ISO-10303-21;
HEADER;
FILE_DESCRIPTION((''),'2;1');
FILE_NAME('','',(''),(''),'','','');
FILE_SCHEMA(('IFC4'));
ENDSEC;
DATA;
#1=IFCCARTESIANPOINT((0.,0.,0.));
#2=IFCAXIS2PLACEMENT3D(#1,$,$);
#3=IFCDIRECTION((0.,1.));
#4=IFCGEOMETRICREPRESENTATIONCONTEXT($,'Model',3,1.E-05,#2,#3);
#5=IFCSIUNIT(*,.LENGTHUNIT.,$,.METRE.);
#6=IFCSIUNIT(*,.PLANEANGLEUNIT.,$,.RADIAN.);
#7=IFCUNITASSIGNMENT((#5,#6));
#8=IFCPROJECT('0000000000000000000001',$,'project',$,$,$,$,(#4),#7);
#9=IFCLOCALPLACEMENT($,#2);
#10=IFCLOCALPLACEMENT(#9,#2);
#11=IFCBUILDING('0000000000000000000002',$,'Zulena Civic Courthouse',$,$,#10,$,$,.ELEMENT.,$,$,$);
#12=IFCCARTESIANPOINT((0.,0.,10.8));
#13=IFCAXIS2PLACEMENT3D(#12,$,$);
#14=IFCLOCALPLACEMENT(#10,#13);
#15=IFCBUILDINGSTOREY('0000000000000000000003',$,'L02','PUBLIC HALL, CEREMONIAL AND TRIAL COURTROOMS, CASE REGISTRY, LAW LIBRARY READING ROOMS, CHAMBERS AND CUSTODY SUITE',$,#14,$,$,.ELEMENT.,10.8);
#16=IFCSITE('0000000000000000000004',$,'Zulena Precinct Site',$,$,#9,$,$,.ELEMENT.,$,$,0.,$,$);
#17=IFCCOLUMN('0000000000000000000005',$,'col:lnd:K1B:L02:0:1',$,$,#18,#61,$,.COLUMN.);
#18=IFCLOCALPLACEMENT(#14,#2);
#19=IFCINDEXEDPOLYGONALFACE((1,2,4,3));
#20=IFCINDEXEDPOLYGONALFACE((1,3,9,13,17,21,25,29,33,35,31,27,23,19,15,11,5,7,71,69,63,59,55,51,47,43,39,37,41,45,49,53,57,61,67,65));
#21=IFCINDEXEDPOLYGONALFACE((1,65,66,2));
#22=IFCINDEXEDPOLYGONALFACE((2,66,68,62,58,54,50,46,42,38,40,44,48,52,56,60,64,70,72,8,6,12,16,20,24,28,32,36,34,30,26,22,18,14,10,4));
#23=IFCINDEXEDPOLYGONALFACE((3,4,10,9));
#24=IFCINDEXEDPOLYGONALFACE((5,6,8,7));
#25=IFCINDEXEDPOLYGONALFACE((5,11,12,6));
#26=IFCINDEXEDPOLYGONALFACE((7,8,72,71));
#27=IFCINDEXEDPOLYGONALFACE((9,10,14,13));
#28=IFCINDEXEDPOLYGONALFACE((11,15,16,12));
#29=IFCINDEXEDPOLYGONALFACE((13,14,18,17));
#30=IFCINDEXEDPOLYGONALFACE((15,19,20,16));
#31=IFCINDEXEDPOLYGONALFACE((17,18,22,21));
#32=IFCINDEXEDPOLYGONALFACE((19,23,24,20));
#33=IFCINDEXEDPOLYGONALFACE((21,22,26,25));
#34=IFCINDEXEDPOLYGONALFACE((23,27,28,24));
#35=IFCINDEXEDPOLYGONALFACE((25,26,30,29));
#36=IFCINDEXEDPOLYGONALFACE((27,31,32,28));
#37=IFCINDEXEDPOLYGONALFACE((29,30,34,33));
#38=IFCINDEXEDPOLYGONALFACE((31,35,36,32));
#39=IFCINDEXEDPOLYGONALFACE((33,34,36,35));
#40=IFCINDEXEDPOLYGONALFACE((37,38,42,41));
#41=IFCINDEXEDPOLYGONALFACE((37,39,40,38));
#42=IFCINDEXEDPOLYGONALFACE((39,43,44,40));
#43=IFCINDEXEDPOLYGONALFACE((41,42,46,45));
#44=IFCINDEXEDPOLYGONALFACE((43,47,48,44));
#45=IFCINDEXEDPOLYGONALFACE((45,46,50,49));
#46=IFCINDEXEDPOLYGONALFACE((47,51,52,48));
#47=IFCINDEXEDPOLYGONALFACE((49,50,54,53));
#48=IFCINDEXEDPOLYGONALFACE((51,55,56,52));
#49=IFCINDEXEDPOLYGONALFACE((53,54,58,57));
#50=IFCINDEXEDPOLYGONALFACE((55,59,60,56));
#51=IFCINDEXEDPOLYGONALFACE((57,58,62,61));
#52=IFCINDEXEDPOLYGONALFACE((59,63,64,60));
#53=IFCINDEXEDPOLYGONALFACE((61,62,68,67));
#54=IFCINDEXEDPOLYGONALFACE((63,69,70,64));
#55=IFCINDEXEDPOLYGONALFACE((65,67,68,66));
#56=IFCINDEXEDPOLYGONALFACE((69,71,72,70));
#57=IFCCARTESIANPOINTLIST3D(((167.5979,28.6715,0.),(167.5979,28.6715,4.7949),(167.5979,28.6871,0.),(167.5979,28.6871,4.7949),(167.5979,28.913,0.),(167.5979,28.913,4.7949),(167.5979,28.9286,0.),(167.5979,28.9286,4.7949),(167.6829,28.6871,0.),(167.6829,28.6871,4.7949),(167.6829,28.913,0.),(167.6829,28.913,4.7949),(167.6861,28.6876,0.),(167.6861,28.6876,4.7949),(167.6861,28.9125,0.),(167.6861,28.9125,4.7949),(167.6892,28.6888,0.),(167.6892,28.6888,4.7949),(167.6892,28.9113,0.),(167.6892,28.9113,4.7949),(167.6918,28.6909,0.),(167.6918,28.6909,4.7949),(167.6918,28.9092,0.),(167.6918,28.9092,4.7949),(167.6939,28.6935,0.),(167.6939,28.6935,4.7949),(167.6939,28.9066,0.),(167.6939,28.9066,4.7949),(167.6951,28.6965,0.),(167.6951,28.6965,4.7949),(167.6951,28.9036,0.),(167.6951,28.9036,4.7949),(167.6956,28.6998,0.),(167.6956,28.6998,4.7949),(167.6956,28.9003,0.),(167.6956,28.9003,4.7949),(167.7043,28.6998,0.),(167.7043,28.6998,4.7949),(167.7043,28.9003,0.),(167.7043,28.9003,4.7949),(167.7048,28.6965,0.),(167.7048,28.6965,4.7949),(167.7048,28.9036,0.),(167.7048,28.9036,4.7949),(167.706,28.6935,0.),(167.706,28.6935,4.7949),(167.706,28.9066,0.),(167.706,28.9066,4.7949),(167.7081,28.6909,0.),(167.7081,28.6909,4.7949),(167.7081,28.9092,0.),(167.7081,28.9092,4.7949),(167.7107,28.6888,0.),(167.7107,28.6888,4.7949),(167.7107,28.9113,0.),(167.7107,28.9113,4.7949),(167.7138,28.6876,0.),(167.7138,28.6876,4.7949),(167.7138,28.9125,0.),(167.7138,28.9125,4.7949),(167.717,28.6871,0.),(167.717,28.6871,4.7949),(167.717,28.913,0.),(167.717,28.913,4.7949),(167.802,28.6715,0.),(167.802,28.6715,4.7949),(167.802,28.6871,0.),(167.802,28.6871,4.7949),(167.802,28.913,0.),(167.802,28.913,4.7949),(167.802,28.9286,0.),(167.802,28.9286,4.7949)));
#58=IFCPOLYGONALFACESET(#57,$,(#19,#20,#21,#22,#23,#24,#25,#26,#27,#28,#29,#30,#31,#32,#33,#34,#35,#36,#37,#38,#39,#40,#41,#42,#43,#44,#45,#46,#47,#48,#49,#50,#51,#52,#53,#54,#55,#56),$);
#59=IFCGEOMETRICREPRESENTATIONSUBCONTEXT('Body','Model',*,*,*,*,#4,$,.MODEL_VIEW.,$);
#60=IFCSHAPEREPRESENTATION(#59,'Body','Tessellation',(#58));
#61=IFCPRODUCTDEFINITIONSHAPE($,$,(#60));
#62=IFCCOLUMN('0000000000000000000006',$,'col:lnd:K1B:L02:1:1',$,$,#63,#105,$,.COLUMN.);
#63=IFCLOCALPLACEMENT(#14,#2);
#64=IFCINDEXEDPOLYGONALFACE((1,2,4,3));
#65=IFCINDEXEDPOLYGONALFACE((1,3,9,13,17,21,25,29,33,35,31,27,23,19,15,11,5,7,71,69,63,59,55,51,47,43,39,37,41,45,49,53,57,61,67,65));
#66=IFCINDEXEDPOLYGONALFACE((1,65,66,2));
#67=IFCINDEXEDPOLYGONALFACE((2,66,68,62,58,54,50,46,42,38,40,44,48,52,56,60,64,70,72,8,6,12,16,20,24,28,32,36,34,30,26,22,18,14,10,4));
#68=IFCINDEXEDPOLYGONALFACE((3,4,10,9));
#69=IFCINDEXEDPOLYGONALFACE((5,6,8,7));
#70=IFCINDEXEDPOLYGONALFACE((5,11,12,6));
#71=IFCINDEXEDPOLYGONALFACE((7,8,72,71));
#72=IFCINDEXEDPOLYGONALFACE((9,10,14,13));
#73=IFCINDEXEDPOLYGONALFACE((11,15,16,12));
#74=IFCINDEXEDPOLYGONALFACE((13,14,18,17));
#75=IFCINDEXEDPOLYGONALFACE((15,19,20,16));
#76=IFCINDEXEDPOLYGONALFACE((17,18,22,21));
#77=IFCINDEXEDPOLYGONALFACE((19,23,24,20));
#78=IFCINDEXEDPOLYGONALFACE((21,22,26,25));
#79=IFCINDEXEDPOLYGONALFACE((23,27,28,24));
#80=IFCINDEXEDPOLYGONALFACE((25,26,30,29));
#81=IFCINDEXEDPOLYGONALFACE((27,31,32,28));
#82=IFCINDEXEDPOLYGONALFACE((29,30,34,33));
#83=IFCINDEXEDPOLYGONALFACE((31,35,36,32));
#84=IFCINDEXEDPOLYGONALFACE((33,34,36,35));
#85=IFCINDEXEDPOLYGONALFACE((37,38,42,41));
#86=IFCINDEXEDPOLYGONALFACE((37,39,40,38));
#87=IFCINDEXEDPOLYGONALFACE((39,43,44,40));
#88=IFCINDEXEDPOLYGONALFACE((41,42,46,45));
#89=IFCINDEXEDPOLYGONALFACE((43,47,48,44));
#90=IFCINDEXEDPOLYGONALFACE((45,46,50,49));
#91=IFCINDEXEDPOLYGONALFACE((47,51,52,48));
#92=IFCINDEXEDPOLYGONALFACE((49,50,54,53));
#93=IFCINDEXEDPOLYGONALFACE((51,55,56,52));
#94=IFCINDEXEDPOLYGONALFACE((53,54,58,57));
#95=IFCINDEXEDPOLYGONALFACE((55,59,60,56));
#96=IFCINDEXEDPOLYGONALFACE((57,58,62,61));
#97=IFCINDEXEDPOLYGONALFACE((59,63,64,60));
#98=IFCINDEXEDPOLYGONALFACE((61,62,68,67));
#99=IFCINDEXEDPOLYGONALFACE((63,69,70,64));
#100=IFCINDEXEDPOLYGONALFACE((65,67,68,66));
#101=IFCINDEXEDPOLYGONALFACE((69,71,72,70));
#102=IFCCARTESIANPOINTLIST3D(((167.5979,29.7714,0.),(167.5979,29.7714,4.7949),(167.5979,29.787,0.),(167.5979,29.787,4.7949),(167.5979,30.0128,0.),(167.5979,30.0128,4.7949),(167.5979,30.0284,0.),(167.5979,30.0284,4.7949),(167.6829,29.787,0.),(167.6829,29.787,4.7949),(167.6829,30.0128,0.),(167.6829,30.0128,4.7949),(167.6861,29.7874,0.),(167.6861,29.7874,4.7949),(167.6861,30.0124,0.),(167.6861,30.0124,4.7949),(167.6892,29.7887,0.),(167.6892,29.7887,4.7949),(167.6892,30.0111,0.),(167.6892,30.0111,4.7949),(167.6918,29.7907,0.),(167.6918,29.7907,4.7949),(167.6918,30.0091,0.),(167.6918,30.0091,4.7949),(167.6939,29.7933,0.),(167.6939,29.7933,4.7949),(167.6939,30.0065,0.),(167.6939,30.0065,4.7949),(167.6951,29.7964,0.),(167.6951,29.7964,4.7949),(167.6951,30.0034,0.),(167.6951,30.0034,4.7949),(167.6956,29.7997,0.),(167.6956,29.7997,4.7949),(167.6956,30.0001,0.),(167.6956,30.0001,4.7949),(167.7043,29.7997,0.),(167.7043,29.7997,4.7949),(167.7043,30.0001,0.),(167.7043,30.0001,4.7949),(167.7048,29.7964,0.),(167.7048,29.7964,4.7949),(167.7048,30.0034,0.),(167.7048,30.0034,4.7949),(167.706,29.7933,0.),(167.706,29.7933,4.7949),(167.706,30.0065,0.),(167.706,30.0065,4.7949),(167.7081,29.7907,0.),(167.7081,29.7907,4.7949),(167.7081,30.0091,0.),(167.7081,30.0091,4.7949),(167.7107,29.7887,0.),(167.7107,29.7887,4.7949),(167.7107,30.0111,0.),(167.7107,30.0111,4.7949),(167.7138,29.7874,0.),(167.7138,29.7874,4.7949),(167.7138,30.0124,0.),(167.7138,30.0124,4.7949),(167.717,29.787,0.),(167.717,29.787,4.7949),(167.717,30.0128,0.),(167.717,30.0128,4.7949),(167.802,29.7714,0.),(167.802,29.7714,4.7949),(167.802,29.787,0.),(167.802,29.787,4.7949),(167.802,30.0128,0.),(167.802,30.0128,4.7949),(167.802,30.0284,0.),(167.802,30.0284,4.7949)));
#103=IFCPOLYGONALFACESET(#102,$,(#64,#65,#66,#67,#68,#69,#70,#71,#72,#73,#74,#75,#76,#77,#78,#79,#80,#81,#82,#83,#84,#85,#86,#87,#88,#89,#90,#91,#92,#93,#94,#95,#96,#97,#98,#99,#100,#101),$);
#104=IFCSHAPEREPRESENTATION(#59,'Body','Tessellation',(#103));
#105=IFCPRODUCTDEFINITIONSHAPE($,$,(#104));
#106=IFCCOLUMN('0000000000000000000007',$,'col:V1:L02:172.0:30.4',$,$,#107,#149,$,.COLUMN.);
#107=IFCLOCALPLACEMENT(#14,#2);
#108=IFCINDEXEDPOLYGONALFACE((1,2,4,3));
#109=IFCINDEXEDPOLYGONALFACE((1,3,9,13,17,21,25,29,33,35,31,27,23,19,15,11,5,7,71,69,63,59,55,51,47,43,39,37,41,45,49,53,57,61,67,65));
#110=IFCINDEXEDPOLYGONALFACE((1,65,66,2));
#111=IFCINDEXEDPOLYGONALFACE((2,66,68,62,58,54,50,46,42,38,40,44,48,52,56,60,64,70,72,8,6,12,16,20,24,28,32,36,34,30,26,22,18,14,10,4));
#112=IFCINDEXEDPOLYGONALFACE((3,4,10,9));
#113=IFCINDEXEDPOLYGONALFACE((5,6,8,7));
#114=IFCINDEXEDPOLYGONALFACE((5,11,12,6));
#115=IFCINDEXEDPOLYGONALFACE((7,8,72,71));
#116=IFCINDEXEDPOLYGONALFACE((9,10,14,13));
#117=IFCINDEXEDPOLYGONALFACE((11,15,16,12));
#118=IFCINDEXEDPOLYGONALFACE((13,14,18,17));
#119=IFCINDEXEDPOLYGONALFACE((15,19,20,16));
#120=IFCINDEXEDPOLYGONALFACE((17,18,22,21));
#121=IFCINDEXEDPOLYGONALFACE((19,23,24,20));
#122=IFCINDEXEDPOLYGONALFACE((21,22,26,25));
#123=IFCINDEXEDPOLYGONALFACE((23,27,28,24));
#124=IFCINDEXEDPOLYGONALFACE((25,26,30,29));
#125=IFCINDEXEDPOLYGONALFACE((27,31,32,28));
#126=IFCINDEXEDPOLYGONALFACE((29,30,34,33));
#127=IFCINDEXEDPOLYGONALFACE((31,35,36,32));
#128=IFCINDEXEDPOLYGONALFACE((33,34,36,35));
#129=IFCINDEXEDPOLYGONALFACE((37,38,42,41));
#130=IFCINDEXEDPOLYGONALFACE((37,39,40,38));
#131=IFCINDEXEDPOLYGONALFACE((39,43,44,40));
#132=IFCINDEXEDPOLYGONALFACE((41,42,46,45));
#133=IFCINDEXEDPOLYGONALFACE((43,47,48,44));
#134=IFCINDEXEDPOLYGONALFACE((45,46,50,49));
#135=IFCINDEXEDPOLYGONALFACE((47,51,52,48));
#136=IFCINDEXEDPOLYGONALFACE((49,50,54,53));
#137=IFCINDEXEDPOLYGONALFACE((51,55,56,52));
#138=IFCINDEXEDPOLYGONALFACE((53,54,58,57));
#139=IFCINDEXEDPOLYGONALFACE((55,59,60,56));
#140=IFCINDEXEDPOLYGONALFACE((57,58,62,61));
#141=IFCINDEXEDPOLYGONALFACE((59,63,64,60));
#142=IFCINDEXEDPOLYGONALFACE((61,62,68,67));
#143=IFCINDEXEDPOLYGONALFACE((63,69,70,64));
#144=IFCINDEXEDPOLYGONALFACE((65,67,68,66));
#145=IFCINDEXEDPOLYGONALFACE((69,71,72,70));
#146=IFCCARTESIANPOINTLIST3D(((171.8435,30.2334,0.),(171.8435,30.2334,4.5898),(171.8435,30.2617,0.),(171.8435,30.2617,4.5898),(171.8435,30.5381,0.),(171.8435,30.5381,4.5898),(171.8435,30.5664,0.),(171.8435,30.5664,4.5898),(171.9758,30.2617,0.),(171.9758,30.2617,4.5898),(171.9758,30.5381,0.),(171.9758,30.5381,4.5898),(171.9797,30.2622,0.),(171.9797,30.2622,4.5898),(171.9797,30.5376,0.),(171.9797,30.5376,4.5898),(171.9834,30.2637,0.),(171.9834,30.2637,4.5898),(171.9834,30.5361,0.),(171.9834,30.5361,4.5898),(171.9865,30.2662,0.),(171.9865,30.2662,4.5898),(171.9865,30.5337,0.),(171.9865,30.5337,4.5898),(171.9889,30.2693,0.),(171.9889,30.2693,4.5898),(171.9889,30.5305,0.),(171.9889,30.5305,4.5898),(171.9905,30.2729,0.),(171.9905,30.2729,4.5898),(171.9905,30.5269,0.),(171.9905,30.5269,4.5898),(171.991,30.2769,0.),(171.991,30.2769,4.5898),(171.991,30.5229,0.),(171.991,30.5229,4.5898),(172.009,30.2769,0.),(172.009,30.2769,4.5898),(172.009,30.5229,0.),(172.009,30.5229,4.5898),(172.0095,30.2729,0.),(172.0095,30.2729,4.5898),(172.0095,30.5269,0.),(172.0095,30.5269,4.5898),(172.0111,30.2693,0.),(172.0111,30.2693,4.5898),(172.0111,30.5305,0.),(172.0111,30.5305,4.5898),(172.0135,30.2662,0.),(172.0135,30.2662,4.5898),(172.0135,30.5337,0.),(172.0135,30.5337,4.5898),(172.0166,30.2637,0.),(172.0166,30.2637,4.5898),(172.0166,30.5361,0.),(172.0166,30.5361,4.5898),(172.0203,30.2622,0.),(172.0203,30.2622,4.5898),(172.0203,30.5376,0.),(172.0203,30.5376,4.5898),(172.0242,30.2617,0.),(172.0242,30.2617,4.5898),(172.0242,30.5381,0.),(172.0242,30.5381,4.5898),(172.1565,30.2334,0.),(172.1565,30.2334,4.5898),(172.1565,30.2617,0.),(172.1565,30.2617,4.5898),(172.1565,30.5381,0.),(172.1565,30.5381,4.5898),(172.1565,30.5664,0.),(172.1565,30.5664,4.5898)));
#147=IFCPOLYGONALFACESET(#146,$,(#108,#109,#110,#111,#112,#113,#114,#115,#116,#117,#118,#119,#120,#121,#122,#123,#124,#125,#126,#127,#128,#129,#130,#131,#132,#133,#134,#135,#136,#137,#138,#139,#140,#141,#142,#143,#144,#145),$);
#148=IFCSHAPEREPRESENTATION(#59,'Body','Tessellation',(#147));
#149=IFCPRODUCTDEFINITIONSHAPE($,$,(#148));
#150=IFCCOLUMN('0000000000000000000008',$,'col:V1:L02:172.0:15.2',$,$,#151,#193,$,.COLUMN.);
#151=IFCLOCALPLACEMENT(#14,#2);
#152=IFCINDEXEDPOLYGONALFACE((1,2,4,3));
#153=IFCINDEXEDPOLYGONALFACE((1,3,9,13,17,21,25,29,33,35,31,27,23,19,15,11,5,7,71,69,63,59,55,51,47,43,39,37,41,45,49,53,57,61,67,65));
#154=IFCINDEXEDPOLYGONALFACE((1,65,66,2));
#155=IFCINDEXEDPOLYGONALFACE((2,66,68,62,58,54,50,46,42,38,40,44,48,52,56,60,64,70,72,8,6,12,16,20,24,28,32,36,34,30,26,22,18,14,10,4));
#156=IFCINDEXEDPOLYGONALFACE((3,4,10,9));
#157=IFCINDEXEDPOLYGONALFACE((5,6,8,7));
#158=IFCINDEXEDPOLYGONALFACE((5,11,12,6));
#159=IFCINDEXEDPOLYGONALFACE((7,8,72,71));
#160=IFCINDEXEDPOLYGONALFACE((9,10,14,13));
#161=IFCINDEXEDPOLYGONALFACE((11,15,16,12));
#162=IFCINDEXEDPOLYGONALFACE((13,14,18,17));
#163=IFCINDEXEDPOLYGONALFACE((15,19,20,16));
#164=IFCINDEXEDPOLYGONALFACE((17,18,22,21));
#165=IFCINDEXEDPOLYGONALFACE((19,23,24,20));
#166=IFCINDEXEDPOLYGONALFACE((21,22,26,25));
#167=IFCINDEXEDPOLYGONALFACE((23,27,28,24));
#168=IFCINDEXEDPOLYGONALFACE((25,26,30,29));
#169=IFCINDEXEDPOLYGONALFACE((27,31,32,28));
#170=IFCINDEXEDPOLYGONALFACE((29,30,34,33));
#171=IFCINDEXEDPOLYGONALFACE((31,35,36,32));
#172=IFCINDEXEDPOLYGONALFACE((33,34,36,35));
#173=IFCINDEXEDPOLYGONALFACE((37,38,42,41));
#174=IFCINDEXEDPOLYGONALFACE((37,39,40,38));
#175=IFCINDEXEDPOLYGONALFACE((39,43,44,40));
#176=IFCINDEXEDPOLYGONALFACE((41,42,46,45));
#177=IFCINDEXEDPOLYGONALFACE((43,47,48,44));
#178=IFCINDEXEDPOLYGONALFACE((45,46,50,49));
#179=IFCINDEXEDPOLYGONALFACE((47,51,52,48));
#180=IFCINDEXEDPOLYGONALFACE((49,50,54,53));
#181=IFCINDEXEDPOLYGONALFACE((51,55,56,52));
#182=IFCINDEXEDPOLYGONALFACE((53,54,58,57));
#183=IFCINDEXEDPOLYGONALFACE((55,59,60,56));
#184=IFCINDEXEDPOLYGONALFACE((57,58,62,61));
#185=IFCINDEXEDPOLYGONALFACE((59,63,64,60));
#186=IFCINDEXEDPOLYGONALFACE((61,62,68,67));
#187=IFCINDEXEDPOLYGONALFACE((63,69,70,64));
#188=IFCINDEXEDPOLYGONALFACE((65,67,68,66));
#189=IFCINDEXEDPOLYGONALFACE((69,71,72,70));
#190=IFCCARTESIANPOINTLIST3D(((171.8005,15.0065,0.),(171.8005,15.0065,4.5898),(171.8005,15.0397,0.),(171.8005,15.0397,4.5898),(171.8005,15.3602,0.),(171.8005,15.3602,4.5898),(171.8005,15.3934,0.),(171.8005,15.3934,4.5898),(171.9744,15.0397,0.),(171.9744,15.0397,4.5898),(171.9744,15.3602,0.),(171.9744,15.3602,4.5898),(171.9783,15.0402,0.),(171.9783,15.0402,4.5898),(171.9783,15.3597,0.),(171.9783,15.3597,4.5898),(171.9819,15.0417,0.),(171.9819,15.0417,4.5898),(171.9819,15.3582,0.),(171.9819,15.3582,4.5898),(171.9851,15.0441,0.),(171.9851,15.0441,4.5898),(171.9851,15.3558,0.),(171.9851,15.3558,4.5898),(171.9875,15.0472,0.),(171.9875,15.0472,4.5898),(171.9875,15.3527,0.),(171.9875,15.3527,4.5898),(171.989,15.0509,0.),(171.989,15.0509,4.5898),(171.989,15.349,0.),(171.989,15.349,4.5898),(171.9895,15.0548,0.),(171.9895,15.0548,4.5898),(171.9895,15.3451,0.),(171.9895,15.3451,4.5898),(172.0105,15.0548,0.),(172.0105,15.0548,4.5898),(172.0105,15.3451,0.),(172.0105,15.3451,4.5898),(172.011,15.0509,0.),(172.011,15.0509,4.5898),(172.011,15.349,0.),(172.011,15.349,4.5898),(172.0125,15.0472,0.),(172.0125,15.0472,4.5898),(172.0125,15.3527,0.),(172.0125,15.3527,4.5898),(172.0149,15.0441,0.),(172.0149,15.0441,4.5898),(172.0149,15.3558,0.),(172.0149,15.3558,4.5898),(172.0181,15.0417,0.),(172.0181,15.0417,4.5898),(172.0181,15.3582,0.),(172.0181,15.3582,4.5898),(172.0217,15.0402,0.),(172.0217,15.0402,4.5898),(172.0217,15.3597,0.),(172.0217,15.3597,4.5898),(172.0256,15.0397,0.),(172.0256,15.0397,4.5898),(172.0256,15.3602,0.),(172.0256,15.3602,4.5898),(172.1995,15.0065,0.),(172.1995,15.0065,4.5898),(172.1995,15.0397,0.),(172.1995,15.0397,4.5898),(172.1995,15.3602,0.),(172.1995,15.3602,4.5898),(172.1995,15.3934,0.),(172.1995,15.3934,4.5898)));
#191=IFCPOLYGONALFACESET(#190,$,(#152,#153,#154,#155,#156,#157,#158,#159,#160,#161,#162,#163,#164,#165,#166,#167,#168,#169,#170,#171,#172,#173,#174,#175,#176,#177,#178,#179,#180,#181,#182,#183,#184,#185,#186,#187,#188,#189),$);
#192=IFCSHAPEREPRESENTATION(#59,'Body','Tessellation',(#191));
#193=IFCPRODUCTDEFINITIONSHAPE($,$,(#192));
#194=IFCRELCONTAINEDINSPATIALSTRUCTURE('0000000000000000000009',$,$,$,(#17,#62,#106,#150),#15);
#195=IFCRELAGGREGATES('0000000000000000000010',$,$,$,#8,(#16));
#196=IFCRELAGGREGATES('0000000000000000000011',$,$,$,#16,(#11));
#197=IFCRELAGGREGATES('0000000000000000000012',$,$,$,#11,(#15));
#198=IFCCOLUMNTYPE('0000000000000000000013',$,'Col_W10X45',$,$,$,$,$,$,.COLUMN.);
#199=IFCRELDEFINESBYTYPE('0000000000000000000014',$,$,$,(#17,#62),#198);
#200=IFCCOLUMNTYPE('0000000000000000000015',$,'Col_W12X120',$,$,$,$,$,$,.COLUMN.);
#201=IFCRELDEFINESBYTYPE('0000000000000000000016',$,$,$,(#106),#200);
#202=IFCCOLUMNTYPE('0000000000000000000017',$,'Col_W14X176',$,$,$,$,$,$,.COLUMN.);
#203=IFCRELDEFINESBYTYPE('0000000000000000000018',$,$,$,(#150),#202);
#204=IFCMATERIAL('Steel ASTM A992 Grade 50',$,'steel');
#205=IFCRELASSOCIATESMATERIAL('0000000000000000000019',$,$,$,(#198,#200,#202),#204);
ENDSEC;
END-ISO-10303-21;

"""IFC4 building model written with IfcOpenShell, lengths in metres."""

from ifc_helpers import new_model, si_unit, direction, frame, origin, origin_2d, place, context, subcontext, project, spatial, i_section, extrude, material, material_profile, profile_set, type_object, element, save


model = new_model("IFC4")

# Units and contexts
model_context = context("Model", 3, precision=1e-05, world=origin(), true_north=direction((0.0, 1.0)))
body_context = subcontext(model_context, "Body", "Model", "MODEL_VIEW")
ifc_project = project(units=[si_unit("LENGTHUNIT", "METRE"), si_unit("PLANEANGLEUNIT", "RADIAN")], contexts=[model_context])

# Site, building, storey
site_placement = place(None, origin())
site = spatial("IfcSite", under=ifc_project, at=site_placement, Name="Zulena Precinct Site", CompositionType="ELEMENT", RefElevation=0.0)
building_placement = place(site_placement, origin())
building = spatial("IfcBuilding", under=site, at=building_placement, Name="Zulena Civic Courthouse", CompositionType="ELEMENT")
storey_placement = place(building_placement, frame((0.0, 0.0, 10.8)))
storey = spatial("IfcBuildingStorey", under=building, at=storey_placement, Name="L02", Description="PUBLIC HALL, CEREMONIAL AND TRIAL COURTROOMS, CASE REGISTRY, LAW LIBRARY READING ROOMS, CHAMBERS AND CUSTODY SUITE", CompositionType="ELEMENT", Elevation=10.8)

# Columns
ifc_material_1 = material(Name="Steel ASTM A992 Grade 50", Category="steel")
ifc_material_profile_1 = material_profile(ifc_material_1, i_section(OverallWidth=0.2041, OverallDepth=0.2571, WebThickness=0.0088, FlangeThickness=0.0156, FilletRadius=0.0127, at=origin_2d()), Name="W10X45")
ifc_profile_set_1 = profile_set([ifc_material_profile_1], Name="Steel ASTM A992 Grade 50")
column_type_1 = type_object("IfcColumnType", Name="Col_W10X45", PredefinedType="COLUMN", material=ifc_profile_set_1)
for number, where, z_axis, x_axis, name in (
    (1, (167.7, 28.8, 0.0), (0.0, 0.0, 1.0), (1.0, 0.0, 0.0), "col:lnd:K1B:L02:0:1"),
    (2, (167.7, 29.8999, 0.0), (0.0, 0.0, 1.0), (1.0, 0.0, 0.0), "col:lnd:K1B:L02:1:1"),
):
    element("IfcColumn", number, at=place(storey_placement, frame(where, z_axis=z_axis, x_axis=x_axis)), inside=storey, type_object=column_type_1, Name=name, PredefinedType="COLUMN", context=body_context, shape_type="SweptSolid", body=[
        extrude(i_section(OverallWidth=0.2041, OverallDepth=0.2571, WebThickness=0.0088, FlangeThickness=0.0156, FilletRadius=0.0127, at=origin_2d()), origin(), (0.0, 0.0, 1.0), 4.7949),
    ])
ifc_material_profile_2 = material_profile(ifc_material_1, i_section(OverallWidth=0.313, OverallDepth=0.333, WebThickness=0.0181, FlangeThickness=0.0283, FilletRadius=0.0151, at=origin_2d()), Name="W12X120")
ifc_profile_set_2 = profile_set([ifc_material_profile_2], Name="Steel ASTM A992 Grade 50")
column_type_2 = type_object("IfcColumnType", Name="Col_W12X120", PredefinedType="COLUMN", material=ifc_profile_set_2)
column_placement = place(storey_placement, frame((172.0, 30.3999, 0.0), z_axis=(0.0, 0.0, 1.0), x_axis=(1.0, 0.0, 0.0)))
element("IfcColumn", 3, at=column_placement, inside=storey, type_object=column_type_2, Name="col:V1:L02:172.0:30.4", PredefinedType="COLUMN", context=body_context, shape_type="SweptSolid", body=[
    extrude(i_section(OverallWidth=0.313, OverallDepth=0.333, WebThickness=0.0181, FlangeThickness=0.0283, FilletRadius=0.0151, at=origin_2d()), origin(), (0.0, 0.0, 1.0), 4.5898),
])
ifc_material_profile_3 = material_profile(ifc_material_1, i_section(OverallWidth=0.3989, OverallDepth=0.387, WebThickness=0.021, FlangeThickness=0.0332, FilletRadius=0.0151, at=origin_2d()), Name="W14X176")
ifc_profile_set_3 = profile_set([ifc_material_profile_3], Name="Steel ASTM A992 Grade 50")
column_type_3 = type_object("IfcColumnType", Name="Col_W14X176", PredefinedType="COLUMN", material=ifc_profile_set_3)
for number, where, z_axis, x_axis, name in (
    (4, (172.0, 15.2, 0.0), (0.0, 0.0, 1.0), (1.0, 0.0, 0.0), "col:V1:L02:172.0:15.2"),
):
    element("IfcColumn", number, at=place(storey_placement, frame(where, z_axis=z_axis, x_axis=x_axis)), inside=storey, type_object=column_type_3, Name=name, PredefinedType="COLUMN", context=body_context, shape_type="SweptSolid", body=[
        extrude(i_section(OverallWidth=0.3989, OverallDepth=0.387, WebThickness=0.021, FlangeThickness=0.0332, FilletRadius=0.0151, at=origin_2d()), origin(), (0.0, 0.0, 1.0), 4.5898),
    ])

save(model, "model.ifc")
